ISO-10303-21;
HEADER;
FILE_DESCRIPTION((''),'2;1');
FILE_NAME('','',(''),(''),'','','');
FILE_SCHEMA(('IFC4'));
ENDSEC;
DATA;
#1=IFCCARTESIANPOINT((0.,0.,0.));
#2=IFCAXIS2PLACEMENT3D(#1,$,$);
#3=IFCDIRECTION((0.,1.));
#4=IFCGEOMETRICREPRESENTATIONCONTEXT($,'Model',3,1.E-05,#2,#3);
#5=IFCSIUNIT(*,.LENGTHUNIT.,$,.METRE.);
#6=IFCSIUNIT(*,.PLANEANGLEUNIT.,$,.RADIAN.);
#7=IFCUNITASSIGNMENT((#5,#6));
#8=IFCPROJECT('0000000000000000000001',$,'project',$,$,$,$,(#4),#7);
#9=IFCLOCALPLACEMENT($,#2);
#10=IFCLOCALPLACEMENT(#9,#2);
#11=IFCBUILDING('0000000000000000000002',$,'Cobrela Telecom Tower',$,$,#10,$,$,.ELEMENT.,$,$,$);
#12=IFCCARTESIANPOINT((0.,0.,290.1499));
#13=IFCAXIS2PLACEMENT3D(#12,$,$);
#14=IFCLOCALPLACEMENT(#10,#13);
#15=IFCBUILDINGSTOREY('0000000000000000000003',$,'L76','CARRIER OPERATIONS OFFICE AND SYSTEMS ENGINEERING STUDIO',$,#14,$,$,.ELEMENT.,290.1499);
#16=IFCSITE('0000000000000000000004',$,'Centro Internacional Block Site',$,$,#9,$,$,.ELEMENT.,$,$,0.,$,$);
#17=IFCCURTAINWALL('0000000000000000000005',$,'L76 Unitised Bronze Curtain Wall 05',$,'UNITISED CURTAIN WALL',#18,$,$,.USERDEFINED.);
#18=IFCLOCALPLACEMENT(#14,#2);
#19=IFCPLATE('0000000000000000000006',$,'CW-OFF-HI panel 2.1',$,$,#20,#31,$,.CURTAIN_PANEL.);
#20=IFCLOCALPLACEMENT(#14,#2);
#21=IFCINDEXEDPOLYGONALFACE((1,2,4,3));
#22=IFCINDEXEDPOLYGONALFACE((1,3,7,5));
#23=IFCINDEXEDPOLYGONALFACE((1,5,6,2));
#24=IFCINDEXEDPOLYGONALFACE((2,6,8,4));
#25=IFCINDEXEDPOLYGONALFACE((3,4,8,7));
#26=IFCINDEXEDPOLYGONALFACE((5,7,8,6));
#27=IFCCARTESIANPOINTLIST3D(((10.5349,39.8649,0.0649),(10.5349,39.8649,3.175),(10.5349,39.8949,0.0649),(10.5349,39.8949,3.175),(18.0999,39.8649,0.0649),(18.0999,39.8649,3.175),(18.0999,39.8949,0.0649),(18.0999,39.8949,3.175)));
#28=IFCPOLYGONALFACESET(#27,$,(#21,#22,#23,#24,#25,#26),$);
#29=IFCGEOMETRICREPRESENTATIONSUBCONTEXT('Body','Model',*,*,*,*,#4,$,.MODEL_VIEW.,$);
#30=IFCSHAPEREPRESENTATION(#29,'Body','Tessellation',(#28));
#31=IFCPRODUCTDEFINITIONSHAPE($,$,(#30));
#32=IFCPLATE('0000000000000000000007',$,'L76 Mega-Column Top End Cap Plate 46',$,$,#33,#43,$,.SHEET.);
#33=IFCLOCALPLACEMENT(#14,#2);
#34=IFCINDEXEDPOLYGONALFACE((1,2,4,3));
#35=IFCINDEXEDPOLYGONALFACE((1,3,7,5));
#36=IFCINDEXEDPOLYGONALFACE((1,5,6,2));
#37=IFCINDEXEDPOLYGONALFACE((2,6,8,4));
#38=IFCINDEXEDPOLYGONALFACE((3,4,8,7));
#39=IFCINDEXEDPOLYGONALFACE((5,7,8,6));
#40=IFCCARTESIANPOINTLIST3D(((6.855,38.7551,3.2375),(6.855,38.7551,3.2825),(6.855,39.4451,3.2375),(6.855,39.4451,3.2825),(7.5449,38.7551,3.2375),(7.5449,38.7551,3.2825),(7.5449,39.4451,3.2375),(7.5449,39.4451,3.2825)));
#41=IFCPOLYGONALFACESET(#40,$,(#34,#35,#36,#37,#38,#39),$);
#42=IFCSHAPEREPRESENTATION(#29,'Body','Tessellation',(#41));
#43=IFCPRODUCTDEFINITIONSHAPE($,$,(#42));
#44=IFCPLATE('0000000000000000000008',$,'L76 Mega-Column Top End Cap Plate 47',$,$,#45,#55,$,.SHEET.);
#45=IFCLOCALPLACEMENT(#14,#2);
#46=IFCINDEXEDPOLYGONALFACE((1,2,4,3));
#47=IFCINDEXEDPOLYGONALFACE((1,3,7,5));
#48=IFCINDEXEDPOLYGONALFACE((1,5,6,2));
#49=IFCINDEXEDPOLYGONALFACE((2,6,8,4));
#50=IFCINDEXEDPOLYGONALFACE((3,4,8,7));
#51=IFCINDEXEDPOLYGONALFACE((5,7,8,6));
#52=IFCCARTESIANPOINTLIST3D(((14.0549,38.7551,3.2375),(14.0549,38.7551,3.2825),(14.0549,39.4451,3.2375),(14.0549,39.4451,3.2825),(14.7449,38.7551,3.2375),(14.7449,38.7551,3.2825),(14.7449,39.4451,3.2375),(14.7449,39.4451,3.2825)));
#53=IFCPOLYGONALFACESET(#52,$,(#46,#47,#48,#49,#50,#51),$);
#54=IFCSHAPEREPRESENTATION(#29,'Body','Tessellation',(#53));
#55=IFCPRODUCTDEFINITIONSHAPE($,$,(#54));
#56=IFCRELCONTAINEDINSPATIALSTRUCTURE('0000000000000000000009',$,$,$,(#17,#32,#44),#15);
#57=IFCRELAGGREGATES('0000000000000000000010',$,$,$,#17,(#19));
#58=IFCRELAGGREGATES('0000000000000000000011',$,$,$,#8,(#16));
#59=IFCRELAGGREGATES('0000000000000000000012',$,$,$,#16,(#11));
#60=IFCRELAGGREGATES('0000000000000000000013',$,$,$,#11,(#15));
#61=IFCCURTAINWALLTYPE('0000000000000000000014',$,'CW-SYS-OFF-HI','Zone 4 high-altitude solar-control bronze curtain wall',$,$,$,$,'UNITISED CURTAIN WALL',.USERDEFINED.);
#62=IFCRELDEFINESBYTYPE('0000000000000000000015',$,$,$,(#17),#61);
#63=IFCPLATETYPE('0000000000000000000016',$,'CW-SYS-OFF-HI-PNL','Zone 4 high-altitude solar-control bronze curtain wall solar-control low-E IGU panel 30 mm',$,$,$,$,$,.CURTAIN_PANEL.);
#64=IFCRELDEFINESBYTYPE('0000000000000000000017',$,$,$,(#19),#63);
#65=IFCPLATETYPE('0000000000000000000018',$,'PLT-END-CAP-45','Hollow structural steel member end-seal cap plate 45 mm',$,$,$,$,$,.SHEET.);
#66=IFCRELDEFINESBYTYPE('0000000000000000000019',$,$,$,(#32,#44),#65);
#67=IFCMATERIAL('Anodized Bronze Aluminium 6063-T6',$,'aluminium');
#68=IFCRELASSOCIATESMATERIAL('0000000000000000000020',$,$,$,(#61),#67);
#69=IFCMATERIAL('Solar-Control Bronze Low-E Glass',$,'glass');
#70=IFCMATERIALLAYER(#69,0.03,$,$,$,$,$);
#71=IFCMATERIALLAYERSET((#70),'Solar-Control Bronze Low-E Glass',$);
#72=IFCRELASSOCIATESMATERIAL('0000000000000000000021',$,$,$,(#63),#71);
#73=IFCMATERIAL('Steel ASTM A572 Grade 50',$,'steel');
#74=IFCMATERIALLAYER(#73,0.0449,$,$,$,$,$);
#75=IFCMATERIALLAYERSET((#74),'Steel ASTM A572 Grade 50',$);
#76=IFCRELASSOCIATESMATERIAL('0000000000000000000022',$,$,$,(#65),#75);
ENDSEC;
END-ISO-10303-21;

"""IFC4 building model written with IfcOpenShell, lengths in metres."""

from ifc_helpers import new_model, si_unit, direction, frame, origin, origin_2d, place, context, subcontext, project, spatial, rectangle, extrude, material, layer, layer_set, type_object, element, aggregate, save


model = new_model("IFC4")

# Units and contexts
model_context = context("Model", 3, precision=1e-05, world=origin(), true_north=direction((0.0, 1.0)))
body_context = subcontext(model_context, "Body", "Model", "MODEL_VIEW")
ifc_project = project(units=[si_unit("LENGTHUNIT", "METRE"), si_unit("PLANEANGLEUNIT", "RADIAN")], contexts=[model_context])

# Site, building, storey
site_placement = place(None, origin())
site = spatial("IfcSite", under=ifc_project, at=site_placement, Name="Centro Internacional Block Site", CompositionType="ELEMENT", RefElevation=0.0)
building_placement = place(site_placement, origin())
building = spatial("IfcBuilding", under=site, at=building_placement, Name="Cobrela Telecom Tower", CompositionType="ELEMENT")
storey_placement = place(building_placement, frame((0.0, 0.0, 290.1499)))
storey = spatial("IfcBuildingStorey", under=building, at=storey_placement, Name="L76", Description="CARRIER OPERATIONS OFFICE AND SYSTEMS ENGINEERING STUDIO", CompositionType="ELEMENT", Elevation=290.1499)

# Shared definitions
ifc_material_1 = material(Name="Steel ASTM A572 Grade 50", Category="steel")

# Curtain wall
ifc_material_2 = material(Name="Anodized Bronze Aluminium 6063-T6", Category="aluminium")
curtain_wall_type = type_object("IfcCurtainWallType", Name="CW-SYS-OFF-HI", Description="Zone 4 high-altitude solar-control bronze curtain wall", ElementType="UNITISED CURTAIN WALL", PredefinedType="USERDEFINED", material=ifc_material_2)
curtain_wall_placement = place(storey_placement, origin())
curtain_wall = element("IfcCurtainWall", 1, at=curtain_wall_placement, inside=storey, type_object=curtain_wall_type, Name="L76 Unitised Bronze Curtain Wall 05", ObjectType="UNITISED CURTAIN WALL", PredefinedType="USERDEFINED")

# Plate
ifc_material_3 = material(Name="Solar-Control Bronze Low-E Glass", Category="glass")
ifc_layer_1 = layer(ifc_material_3, 0.03)
ifc_layer_set_1 = layer_set([ifc_layer_1], Name="Solar-Control Bronze Low-E Glass")
plate_type_1 = type_object("IfcPlateType", Name="CW-SYS-OFF-HI-PNL", Description="Zone 4 high-altitude solar-control bronze curtain wall solar-control low-E IGU panel 30 mm", PredefinedType="CURTAIN_PANEL", material=ifc_layer_set_1)
plate_placement = place(storey_placement, frame((14.3174, 39.8799, 0.0649), z_axis=(0.0, 0.0, 1.0), x_axis=(1.0, 0.0, 0.0)))
plate = element("IfcPlate", 2, at=plate_placement, type_object=plate_type_1, Name="CW-OFF-HI panel 2.1", PredefinedType="CURTAIN_PANEL", context=body_context, shape_type="SweptSolid", body=[
    extrude(rectangle(XDim=7.5649, YDim=0.03, at=origin_2d()), origin(), (0.0, 0.0, 1.0), 3.1101),
])
aggregate(curtain_wall, [plate])

# Plates
ifc_layer_2 = layer(ifc_material_1, 0.0449)
ifc_layer_set_2 = layer_set([ifc_layer_2], Name="Steel ASTM A572 Grade 50")
plate_type_2 = type_object("IfcPlateType", Name="PLT-END-CAP-45", Description="Hollow structural steel member end-seal cap plate 45 mm", PredefinedType="SHEET", material=ifc_layer_set_2)
for number, where, z_axis, x_axis, name in (
    (3, (7.2, 39.1001, 3.2375), (0.0, 0.0, 1.0), (1.0, 0.0, 0.0), "L76 Mega-Column Top End Cap Plate 46"),
    (4, (14.3999, 39.1001, 3.2375), (0.0, 0.0, 1.0), (1.0, 0.0, 0.0), "L76 Mega-Column Top End Cap Plate 47"),
):
    element("IfcPlate", number, at=place(storey_placement, frame(where, z_axis=z_axis, x_axis=x_axis)), inside=storey, type_object=plate_type_2, Name=name, PredefinedType="SHEET", context=body_context, shape_type="SweptSolid", body=[
        extrude(rectangle(XDim=0.6899, YDim=0.6899, at=origin_2d()), origin(), (0.0, 0.0, 1.0), 0.0449),
    ])

save(model, "model.ifc")
